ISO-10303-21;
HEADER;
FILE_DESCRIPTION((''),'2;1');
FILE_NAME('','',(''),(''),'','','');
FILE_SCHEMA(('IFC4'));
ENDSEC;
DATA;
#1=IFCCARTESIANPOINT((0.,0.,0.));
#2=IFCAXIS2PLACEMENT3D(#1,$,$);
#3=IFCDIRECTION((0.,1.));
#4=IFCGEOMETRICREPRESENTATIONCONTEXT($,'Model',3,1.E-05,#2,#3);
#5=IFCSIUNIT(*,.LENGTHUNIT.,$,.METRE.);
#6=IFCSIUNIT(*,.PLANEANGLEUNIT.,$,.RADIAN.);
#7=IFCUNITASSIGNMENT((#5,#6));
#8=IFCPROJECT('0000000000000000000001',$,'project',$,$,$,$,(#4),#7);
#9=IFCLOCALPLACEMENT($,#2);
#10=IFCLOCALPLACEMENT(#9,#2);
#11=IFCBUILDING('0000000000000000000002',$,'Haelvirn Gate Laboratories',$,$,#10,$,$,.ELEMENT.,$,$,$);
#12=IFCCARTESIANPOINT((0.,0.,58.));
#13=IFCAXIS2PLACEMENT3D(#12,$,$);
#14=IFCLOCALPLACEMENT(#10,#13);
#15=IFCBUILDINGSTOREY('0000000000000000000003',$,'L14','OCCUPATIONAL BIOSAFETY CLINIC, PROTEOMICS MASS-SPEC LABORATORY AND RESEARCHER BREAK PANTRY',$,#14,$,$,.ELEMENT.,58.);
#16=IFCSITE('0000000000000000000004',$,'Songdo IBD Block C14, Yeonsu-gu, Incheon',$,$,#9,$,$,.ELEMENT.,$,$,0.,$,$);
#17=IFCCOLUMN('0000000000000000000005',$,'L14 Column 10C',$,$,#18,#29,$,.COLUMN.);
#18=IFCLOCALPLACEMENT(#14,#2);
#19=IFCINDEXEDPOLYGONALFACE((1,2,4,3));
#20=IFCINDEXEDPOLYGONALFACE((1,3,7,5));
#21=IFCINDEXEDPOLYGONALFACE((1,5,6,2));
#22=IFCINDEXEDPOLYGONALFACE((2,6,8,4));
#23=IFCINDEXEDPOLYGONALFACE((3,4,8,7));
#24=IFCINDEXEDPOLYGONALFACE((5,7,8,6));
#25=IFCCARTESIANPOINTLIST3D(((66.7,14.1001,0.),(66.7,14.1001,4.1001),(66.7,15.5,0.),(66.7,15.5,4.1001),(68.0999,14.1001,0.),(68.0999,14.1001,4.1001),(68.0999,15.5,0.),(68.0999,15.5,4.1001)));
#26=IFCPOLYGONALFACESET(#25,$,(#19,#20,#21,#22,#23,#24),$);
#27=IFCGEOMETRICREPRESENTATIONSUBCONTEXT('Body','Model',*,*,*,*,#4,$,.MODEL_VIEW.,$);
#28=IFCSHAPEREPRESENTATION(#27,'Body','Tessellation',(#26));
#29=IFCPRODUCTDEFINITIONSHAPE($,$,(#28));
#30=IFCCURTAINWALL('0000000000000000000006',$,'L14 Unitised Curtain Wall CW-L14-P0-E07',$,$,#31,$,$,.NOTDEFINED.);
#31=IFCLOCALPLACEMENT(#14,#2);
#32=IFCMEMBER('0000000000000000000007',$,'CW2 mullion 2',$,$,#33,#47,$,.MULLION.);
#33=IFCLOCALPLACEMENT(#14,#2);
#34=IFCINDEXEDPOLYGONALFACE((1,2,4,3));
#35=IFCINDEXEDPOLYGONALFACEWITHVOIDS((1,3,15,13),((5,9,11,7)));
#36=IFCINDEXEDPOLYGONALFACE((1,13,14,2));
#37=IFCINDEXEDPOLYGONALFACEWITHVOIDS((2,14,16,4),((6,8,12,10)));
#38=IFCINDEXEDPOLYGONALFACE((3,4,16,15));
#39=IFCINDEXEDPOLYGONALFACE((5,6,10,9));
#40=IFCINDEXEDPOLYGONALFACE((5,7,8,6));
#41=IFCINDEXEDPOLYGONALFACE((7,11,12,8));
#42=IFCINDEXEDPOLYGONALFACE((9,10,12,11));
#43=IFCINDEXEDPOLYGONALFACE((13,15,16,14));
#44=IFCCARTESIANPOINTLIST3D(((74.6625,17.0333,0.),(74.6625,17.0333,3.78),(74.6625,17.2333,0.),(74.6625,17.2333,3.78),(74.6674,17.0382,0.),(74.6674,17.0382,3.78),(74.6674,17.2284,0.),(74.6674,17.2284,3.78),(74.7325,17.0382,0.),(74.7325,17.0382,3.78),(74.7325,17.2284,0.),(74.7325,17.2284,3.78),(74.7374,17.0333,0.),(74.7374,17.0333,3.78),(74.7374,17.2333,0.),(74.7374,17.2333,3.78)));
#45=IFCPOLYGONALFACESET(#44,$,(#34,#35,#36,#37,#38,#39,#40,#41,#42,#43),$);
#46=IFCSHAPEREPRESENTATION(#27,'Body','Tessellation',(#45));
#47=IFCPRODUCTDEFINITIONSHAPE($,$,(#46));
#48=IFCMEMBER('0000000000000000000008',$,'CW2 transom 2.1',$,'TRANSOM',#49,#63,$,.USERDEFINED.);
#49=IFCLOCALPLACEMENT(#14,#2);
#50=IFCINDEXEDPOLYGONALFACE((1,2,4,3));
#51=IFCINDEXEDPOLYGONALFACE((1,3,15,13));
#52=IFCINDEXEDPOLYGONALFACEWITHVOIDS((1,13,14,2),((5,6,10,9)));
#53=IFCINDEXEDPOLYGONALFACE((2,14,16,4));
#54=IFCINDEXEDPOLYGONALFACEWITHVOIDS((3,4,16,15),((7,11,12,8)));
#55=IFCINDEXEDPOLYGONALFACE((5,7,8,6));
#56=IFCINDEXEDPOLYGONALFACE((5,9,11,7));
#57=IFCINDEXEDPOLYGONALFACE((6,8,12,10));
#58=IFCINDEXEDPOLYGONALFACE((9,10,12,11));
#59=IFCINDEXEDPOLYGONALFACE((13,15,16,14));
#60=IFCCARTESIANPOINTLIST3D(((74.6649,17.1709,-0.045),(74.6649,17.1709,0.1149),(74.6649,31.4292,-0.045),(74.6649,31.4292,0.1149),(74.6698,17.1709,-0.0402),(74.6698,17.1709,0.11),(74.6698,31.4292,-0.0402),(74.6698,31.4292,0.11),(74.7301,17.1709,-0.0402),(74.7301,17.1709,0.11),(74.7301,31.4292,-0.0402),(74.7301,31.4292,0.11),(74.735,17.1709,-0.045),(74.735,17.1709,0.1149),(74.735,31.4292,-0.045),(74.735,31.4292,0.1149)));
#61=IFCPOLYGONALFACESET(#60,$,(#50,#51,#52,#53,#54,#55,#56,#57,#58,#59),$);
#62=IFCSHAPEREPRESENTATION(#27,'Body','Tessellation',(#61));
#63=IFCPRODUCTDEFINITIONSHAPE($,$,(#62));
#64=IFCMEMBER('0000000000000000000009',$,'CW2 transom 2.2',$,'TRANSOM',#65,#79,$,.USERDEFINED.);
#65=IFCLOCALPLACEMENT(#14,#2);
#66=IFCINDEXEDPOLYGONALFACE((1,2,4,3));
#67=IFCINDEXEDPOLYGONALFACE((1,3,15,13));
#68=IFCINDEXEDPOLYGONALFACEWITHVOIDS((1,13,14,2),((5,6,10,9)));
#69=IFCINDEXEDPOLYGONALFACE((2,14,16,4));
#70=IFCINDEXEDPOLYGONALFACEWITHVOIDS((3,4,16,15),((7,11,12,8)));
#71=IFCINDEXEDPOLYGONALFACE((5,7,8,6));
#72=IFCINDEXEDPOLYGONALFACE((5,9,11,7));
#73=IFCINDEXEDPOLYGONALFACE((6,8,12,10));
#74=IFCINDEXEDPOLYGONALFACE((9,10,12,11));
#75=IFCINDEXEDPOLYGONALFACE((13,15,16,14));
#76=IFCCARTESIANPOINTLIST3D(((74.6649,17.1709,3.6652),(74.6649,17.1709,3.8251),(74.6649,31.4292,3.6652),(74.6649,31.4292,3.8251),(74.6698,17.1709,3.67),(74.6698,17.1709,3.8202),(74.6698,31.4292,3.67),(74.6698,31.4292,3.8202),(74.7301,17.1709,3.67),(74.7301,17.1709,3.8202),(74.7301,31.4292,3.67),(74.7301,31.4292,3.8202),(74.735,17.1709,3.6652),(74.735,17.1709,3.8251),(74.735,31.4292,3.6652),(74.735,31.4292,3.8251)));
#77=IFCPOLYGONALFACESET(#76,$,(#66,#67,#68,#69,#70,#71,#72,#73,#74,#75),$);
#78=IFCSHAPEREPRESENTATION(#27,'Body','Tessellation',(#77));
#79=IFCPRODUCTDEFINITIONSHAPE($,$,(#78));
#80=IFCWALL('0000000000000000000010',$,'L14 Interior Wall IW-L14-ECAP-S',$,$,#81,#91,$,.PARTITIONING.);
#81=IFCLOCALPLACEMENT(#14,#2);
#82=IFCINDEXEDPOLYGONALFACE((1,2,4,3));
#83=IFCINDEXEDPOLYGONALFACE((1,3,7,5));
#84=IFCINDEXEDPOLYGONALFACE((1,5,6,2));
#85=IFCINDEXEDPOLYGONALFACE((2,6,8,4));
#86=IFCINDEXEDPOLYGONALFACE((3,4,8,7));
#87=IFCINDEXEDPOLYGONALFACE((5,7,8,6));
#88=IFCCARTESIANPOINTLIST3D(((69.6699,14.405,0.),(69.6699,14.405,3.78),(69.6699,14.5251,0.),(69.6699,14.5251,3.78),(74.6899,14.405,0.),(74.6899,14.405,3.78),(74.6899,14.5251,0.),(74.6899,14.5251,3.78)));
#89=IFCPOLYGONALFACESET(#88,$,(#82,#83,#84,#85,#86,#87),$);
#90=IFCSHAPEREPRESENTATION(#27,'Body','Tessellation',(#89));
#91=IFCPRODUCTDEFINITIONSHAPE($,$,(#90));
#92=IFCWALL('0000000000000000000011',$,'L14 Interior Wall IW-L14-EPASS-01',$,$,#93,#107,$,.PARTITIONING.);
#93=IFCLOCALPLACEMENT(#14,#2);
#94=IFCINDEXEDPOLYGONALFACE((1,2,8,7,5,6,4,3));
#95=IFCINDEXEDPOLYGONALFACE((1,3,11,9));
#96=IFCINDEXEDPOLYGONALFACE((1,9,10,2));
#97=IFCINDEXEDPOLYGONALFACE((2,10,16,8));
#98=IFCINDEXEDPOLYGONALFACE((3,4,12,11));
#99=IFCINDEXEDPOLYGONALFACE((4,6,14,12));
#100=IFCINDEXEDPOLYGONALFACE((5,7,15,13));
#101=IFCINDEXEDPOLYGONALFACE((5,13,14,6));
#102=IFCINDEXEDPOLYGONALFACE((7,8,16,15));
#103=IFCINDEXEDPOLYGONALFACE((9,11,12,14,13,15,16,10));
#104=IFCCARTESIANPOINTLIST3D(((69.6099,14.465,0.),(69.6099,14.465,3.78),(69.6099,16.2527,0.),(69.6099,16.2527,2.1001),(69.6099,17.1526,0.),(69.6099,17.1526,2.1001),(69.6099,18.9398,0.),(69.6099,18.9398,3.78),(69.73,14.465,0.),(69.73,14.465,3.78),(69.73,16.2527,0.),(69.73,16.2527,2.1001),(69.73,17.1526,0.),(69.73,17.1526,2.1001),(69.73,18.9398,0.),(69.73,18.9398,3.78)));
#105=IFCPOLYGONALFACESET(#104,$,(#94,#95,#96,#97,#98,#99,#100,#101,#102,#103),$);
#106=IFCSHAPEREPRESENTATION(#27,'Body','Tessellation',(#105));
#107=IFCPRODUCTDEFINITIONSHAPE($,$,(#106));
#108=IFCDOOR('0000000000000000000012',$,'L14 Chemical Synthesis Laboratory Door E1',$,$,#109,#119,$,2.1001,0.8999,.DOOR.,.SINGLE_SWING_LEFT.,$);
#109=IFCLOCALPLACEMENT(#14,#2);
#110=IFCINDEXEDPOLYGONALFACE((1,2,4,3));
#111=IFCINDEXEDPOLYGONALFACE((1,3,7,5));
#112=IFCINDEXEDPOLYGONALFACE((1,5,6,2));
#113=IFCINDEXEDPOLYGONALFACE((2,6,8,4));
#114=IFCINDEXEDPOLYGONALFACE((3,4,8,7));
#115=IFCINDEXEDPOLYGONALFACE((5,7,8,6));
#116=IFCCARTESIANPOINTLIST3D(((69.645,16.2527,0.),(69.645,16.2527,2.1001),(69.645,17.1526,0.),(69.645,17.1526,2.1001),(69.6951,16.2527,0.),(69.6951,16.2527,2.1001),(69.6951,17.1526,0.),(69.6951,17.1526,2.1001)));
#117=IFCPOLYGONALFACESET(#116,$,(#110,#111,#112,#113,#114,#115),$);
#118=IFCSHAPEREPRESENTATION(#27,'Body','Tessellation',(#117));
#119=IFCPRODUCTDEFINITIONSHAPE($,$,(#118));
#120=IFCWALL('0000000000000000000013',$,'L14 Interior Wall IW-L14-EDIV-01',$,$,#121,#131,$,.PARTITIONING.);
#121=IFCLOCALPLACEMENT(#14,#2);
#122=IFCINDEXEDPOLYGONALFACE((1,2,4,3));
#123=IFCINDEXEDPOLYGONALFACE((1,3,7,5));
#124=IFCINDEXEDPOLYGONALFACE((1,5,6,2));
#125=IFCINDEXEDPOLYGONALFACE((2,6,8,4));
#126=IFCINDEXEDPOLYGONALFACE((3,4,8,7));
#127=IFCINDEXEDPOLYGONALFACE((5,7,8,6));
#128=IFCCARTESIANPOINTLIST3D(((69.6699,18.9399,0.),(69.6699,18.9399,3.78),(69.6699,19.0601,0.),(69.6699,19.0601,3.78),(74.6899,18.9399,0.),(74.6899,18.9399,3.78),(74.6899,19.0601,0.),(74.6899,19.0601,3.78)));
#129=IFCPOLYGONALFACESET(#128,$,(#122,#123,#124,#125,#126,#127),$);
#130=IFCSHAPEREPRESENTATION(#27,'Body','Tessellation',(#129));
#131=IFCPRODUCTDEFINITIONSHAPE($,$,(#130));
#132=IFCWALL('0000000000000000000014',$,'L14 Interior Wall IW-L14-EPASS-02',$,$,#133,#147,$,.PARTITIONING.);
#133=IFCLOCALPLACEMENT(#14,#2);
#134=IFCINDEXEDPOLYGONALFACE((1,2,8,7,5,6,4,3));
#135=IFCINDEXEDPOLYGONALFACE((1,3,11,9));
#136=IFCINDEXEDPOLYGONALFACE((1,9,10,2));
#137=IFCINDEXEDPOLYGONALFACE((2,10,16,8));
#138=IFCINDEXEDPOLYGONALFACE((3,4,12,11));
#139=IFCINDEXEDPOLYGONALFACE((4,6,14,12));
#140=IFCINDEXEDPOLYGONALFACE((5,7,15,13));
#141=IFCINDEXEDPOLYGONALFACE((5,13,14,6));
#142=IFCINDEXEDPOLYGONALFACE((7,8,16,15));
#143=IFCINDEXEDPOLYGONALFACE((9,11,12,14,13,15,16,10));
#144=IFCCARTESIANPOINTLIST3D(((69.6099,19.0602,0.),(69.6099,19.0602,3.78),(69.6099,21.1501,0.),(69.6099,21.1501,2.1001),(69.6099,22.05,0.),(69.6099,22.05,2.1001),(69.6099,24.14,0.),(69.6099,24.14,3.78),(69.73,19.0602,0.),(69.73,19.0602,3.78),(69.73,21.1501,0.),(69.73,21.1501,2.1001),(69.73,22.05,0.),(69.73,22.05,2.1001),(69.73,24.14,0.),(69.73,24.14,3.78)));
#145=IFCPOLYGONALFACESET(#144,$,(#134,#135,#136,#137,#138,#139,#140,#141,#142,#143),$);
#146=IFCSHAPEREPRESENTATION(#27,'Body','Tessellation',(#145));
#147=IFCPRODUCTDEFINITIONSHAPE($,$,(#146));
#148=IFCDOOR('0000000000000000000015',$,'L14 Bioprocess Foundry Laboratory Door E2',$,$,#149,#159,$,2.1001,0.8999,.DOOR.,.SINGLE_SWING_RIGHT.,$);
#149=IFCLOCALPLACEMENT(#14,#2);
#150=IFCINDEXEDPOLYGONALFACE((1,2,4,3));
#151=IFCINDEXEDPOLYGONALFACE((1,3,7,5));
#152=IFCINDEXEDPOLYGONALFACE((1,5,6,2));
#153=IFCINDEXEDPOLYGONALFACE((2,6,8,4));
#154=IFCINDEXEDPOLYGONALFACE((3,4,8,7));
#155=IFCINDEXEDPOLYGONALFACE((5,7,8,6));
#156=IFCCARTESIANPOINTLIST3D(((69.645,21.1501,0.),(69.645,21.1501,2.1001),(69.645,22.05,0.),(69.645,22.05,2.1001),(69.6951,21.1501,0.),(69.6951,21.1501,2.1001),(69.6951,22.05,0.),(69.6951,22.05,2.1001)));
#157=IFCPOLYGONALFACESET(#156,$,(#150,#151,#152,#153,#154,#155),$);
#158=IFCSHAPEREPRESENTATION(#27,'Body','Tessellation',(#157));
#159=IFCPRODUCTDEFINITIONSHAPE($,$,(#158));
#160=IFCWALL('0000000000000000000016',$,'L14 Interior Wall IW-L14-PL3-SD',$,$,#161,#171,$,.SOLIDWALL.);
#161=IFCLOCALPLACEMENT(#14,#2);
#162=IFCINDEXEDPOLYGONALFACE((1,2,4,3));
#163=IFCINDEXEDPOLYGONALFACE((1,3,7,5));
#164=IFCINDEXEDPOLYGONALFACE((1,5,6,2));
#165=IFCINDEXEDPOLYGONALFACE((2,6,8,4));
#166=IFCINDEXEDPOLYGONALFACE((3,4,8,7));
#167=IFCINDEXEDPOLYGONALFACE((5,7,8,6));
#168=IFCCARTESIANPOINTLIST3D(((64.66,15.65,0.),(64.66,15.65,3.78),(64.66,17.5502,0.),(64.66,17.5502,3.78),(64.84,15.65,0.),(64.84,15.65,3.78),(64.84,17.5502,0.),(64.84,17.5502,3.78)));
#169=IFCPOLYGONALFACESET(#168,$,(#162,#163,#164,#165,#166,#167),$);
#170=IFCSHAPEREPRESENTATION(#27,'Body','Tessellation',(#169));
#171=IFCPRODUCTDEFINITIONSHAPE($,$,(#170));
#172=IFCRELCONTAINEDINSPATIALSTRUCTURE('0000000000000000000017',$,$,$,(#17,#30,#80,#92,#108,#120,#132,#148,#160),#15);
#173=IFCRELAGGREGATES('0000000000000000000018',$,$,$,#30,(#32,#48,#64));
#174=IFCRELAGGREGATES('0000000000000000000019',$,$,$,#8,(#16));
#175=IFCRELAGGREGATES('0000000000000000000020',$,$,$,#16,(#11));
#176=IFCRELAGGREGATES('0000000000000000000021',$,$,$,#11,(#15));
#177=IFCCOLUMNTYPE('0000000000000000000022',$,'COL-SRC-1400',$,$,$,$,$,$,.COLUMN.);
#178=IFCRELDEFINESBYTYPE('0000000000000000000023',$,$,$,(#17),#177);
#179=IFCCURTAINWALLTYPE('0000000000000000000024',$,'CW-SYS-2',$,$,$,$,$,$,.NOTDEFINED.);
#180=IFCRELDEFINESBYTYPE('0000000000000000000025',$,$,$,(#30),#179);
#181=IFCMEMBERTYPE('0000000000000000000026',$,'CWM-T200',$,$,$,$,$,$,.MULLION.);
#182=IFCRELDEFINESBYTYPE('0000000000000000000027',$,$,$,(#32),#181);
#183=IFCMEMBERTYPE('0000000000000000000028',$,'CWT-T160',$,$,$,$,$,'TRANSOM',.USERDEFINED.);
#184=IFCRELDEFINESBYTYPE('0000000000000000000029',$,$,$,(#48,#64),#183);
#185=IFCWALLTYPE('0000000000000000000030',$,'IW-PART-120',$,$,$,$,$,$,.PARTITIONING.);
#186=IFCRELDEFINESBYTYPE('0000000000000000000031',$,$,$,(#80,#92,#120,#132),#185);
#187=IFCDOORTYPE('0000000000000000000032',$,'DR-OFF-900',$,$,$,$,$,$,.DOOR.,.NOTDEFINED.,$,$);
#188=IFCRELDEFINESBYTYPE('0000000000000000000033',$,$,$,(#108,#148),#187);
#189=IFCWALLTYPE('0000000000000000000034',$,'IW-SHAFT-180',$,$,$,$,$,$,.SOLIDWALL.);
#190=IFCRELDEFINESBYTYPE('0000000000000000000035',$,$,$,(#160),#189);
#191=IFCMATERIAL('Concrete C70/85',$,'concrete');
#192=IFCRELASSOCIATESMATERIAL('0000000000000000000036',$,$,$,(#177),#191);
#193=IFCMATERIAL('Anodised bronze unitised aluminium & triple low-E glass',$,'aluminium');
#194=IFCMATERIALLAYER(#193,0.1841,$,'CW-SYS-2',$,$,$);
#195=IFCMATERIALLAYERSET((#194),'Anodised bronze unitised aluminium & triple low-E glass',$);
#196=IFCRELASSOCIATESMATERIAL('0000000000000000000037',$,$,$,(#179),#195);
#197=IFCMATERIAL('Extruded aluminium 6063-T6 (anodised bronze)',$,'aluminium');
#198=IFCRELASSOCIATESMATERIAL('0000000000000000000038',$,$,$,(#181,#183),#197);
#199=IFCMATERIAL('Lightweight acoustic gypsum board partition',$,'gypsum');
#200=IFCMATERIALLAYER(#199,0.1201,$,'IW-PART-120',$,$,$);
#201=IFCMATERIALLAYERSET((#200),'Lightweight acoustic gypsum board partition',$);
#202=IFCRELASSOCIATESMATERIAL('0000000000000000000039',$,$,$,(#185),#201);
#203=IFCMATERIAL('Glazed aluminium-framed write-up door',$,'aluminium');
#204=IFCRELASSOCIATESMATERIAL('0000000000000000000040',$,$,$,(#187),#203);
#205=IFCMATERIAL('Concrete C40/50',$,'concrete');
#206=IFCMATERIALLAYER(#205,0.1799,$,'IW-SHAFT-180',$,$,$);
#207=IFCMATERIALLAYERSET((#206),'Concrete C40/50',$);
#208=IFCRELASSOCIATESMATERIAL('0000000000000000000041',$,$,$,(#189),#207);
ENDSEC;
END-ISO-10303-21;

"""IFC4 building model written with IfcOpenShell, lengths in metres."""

from ifc_helpers import new_model, si_unit, direction, frame, frame_2d, origin, origin_2d, place, context, subcontext, project, spatial, rectangle, hollow_rectangle, extrude, source, transform, mapped, material, layer, layer_set, material_profile, profile_set, type_object, type_shapes, element, fill, aggregate, save


model = new_model("IFC4")

# Units and contexts
model_context = context("Model", 3, precision=1e-05, world=origin(), true_north=direction((0.0, 1.0)))
body_context = subcontext(model_context, "Body", "Model", "MODEL_VIEW")
ifc_project = project(units=[si_unit("LENGTHUNIT", "METRE"), si_unit("PLANEANGLEUNIT", "RADIAN")], contexts=[model_context])

# Site, building, storey
site_placement = place(None, origin())
site = spatial("IfcSite", under=ifc_project, at=site_placement, Name="Songdo IBD Block C14, Yeonsu-gu, Incheon", CompositionType="ELEMENT", RefElevation=0.0)
building_placement = place(site_placement, origin())
building = spatial("IfcBuilding", under=site, at=building_placement, Name="Haelvirn Gate Laboratories", CompositionType="ELEMENT")
storey_placement = place(building_placement, frame((0.0, 0.0, 58.0)))
storey = spatial("IfcBuildingStorey", under=building, at=storey_placement, Name="L14", Description="OCCUPATIONAL BIOSAFETY CLINIC, PROTEOMICS MASS-SPEC LABORATORY AND RESEARCHER BREAK PANTRY", CompositionType="ELEMENT", Elevation=58.0)

# Column
ifc_material_1 = material(Name="Concrete C70/85", Category="concrete")
ifc_material_profile_1 = material_profile(ifc_material_1, rectangle(XDim=1.3999, YDim=1.3999, at=origin_2d()), Name="SRC-1400x1400")
ifc_profile_set_1 = profile_set([ifc_material_profile_1], Name="Concrete C70/85")
column_type = type_object("IfcColumnType", Name="COL-SRC-1400", PredefinedType="COLUMN", material=ifc_profile_set_1)
shared_shape_1 = source(origin(), body_context, "Body", "SweptSolid", [
    extrude(rectangle(XDim=1.3999, YDim=1.3999, at=origin_2d()), origin(), (0.0, 0.0, 1.0), 4.1001),
])
type_shapes(column_type, [shared_shape_1])
column_placement = place(storey_placement, frame((67.3999, 14.8, 0.0), z_axis=(0.0, 0.0, 1.0), x_axis=(1.0, 0.0, 0.0)))
element("IfcColumn", 1, at=column_placement, inside=storey, type_object=column_type, Name="L14 Column 10C", PredefinedType="COLUMN", context=body_context, shape_type="MappedRepresentation", body=[
    mapped(shared_shape_1, transform((0.0, 0.0, 0.0), scale=1.0)),
])

# Curtain wall, members
ifc_material_2 = material(Name="Anodised bronze unitised aluminium & triple low-E glass", Category="aluminium")
ifc_layer_1 = layer(ifc_material_2, 0.1841, Name="CW-SYS-2")
ifc_layer_set_1 = layer_set([ifc_layer_1], Name="Anodised bronze unitised aluminium & triple low-E glass")
curtain_wall_type = type_object("IfcCurtainWallType", Name="CW-SYS-2", PredefinedType="NOTDEFINED", material=ifc_layer_set_1)
curtain_wall_placement = place(storey_placement, origin())
curtain_wall = element("IfcCurtainWall", 2, at=curtain_wall_placement, inside=storey, type_object=curtain_wall_type, Name="L14 Unitised Curtain Wall CW-L14-P0-E07", PredefinedType="NOTDEFINED")
ifc_material_3 = material(Name="Extruded aluminium 6063-T6 (anodised bronze)", Category="aluminium")
ifc_material_profile_2 = material_profile(ifc_material_3, hollow_rectangle(XDim=0.075, YDim=0.2, WallThickness=0.0049, at=origin_2d()), Name="CWM-200x75x5")
ifc_profile_set_2 = profile_set([ifc_material_profile_2], Name="Extruded aluminium 6063-T6 (anodised bronze)")
member_type_1 = type_object("IfcMemberType", Name="CWM-T200", PredefinedType="MULLION", material=ifc_profile_set_2)
shared_shape_2 = source(origin(), body_context, "Body", "SweptSolid", [
    extrude(hollow_rectangle(XDim=0.075, YDim=0.2, WallThickness=0.0049, at=origin_2d()), origin(), (0.0, 0.0, 1.0), 3.78),
])
type_shapes(member_type_1, [shared_shape_2])
member_1_placement = place(storey_placement, frame((74.7, 17.1333, 0.0), z_axis=(0.0, 0.0, 1.0), x_axis=(-1.0, 0.0, 0.0)))
member_1 = element("IfcMember", 3, at=member_1_placement, type_object=member_type_1, Name="CW2 mullion 2", PredefinedType="MULLION", context=body_context, shape_type="MappedRepresentation", body=[
    mapped(shared_shape_2, transform((0.0, 0.0, 0.0), scale=1.0)),
])
ifc_material_profile_3 = material_profile(ifc_material_3, hollow_rectangle(XDim=0.0701, YDim=0.1599, WallThickness=0.0049, at=origin_2d()), Name="CWT-160x70x5")
ifc_profile_set_3 = profile_set([ifc_material_profile_3], Name="Extruded aluminium 6063-T6 (anodised bronze)")
member_type_2 = type_object("IfcMemberType", Name="CWT-T160", ElementType="TRANSOM", PredefinedType="USERDEFINED", material=ifc_profile_set_3)
shared_shape_3 = source(origin(), body_context, "Body", "SweptSolid", [
    extrude(hollow_rectangle(XDim=0.0701, YDim=0.1599, WallThickness=0.0049, at=origin_2d()), origin(), (0.0, 0.0, 1.0), 14.2583),
])
type_shapes(member_type_2, [shared_shape_3])
member_2_placement = place(storey_placement, frame((74.7, 17.1709, 0.0349), z_axis=(0.0, 1.0, 0.0), x_axis=(-1.0, 0.0, 0.0)))
member_2 = element("IfcMember", 4, at=member_2_placement, type_object=member_type_2, Name="CW2 transom 2.1", ObjectType="TRANSOM", PredefinedType="USERDEFINED", context=body_context, shape_type="MappedRepresentation", body=[
    mapped(shared_shape_3, transform((0.0, 0.0, 0.0), scale=1.0)),
])
member_3_placement = place(storey_placement, frame((74.7, 17.1709, 3.7451), z_axis=(0.0, 1.0, 0.0), x_axis=(-1.0, 0.0, 0.0)))
member_3 = element("IfcMember", 5, at=member_3_placement, type_object=member_type_2, Name="CW2 transom 2.2", ObjectType="TRANSOM", PredefinedType="USERDEFINED", context=body_context, shape_type="MappedRepresentation", body=[
    mapped(shared_shape_3, transform((0.0, 0.0, 0.0), scale=1.0)),
])
aggregate(curtain_wall, [member_1, member_2, member_3])

# Wall
ifc_material_4 = material(Name="Lightweight acoustic gypsum board partition", Category="gypsum")
ifc_layer_2 = layer(ifc_material_4, 0.1201, Name="IW-PART-120")
ifc_layer_set_2 = layer_set([ifc_layer_2], Name="Lightweight acoustic gypsum board partition")
wall_type_1 = type_object("IfcWallType", Name="IW-PART-120", PredefinedType="PARTITIONING", material=ifc_layer_set_2)
wall_1_placement = place(storey_placement, frame((69.6699, 14.4651, 0.0), z_axis=(0.0, 0.0, 1.0), x_axis=(1.0, 0.0, 0.0)))
element("IfcWall", 6, at=wall_1_placement, inside=storey, type_object=wall_type_1, Name="L14 Interior Wall IW-L14-ECAP-S", PredefinedType="PARTITIONING", context=body_context, shape_type="SweptSolid", body=[
    extrude(rectangle(XDim=5.02, YDim=0.1201, at=frame_2d((2.51, 0.0))), origin(), (0.0, 0.0, 1.0), 3.78),
])

# Wall, opening, door
wall_2_placement = place(storey_placement, frame((69.6699, 14.4651, 0.0), z_axis=(0.0, 0.0, 1.0), x_axis=(0.0, 1.0, 0.0)))
wall_2 = element("IfcWall", 7, at=wall_2_placement, inside=storey, type_object=wall_type_1, Name="L14 Interior Wall IW-L14-EPASS-01", PredefinedType="PARTITIONING", context=body_context, shape_type="SweptSolid", body=[
    extrude(rectangle(XDim=4.4749, YDim=0.1201, at=frame_2d((2.2373, 0.0))), origin(), (0.0, 0.0, 1.0), 3.78),
])
opening_1_placement = place(wall_2_placement, frame((1.7876, 0.0, 0.0)))
opening_1 = element("IfcOpeningElement", 8, at=opening_1_placement, cuts=wall_2, PredefinedType="OPENING", context=body_context, shape_type="SweptSolid", body=[
    extrude(rectangle(XDim=0.8999, YDim=2.1001, at=frame_2d((0.45, 1.05))), frame((0.0, 0.0701, 0.0), z_axis=(0.0, -1.0, 0.0), x_axis=(1.0, 0.0, 0.0)), (0.0, 0.0, 1.0), 0.1401),
])
ifc_material_5 = material(Name="Glazed aluminium-framed write-up door", Category="aluminium")
door_type_1 = type_object("IfcDoorType", Name="DR-OFF-900", OperationType="NOTDEFINED", PredefinedType="DOOR", material=ifc_material_5)
shared_shape_4 = source(origin(), body_context, "Body", "SweptSolid", [
    extrude(rectangle(XDim=0.8999, YDim=2.1001, at=frame_2d((0.45, 1.05))), frame((0.0, 0.0249, 0.0), z_axis=(0.0, -1.0, 0.0), x_axis=(1.0, 0.0, 0.0)), (0.0, 0.0, 1.0), 0.05),
])
type_shapes(door_type_1, [shared_shape_4])
door_1_placement = place(opening_1_placement, origin())
door_1 = element("IfcDoor", 9, at=door_1_placement, inside=storey, type_object=door_type_1, Name="L14 Chemical Synthesis Laboratory Door E1", OperationType="SINGLE_SWING_LEFT", OverallHeight=2.1001, OverallWidth=0.8999, PredefinedType="DOOR", context=body_context, shape_type="MappedRepresentation", body=[
    mapped(shared_shape_4, transform((0.0, 0.0, 0.0), scale=1.0)),
])
fill(opening_1, door_1)

# Wall
wall_3_placement = place(storey_placement, frame((69.6699, 19.0, 0.0), z_axis=(0.0, 0.0, 1.0), x_axis=(1.0, 0.0, 0.0)))
element("IfcWall", 10, at=wall_3_placement, inside=storey, type_object=wall_type_1, Name="L14 Interior Wall IW-L14-EDIV-01", PredefinedType="PARTITIONING", context=body_context, shape_type="SweptSolid", body=[
    extrude(rectangle(XDim=5.02, YDim=0.1201, at=frame_2d((2.51, 0.0))), origin(), (0.0, 0.0, 1.0), 3.78),
])

# Wall, opening, door
wall_4_placement = place(storey_placement, frame((69.6699, 19.0601, 0.0), z_axis=(0.0, 0.0, 1.0), x_axis=(0.0, 1.0, 0.0)))
wall_4 = element("IfcWall", 11, at=wall_4_placement, inside=storey, type_object=wall_type_1, Name="L14 Interior Wall IW-L14-EPASS-02", PredefinedType="PARTITIONING", context=body_context, shape_type="SweptSolid", body=[
    extrude(rectangle(XDim=5.0798, YDim=0.1201, at=frame_2d((2.54, 0.0))), origin(), (0.0, 0.0, 1.0), 3.78),
])
opening_2_placement = place(wall_4_placement, frame((2.0901, 0.0, 0.0)))
opening_2 = element("IfcOpeningElement", 12, at=opening_2_placement, cuts=wall_4, PredefinedType="OPENING", context=body_context, shape_type="SweptSolid", body=[
    extrude(rectangle(XDim=0.8999, YDim=2.1001, at=frame_2d((0.45, 1.05))), frame((0.0, 0.0701, 0.0), z_axis=(0.0, -1.0, 0.0), x_axis=(1.0, 0.0, 0.0)), (0.0, 0.0, 1.0), 0.1401),
])
door_2_placement = place(opening_2_placement, origin())
door_2 = element("IfcDoor", 13, at=door_2_placement, inside=storey, type_object=door_type_1, Name="L14 Bioprocess Foundry Laboratory Door E2", OperationType="SINGLE_SWING_RIGHT", OverallHeight=2.1001, OverallWidth=0.8999, PredefinedType="DOOR", context=body_context, shape_type="MappedRepresentation", body=[
    mapped(shared_shape_4, transform((0.0, 0.0, 0.0), scale=1.0)),
])
fill(opening_2, door_2)

# Wall
ifc_material_6 = material(Name="Concrete C40/50", Category="concrete")
ifc_layer_3 = layer(ifc_material_6, 0.1799, Name="IW-SHAFT-180")
ifc_layer_set_3 = layer_set([ifc_layer_3], Name="Concrete C40/50")
wall_type_2 = type_object("IfcWallType", Name="IW-SHAFT-180", PredefinedType="SOLIDWALL", material=ifc_layer_set_3)
for number, where, z_axis, x_axis, name in (
    (14, (64.75, 15.6499, 0.0), (0.0, 0.0, 1.0), (0.0, 1.0, 0.0), "L14 Interior Wall IW-L14-PL3-SD"),
):
    element("IfcWall", number, at=place(storey_placement, frame(where, z_axis=z_axis, x_axis=x_axis)), inside=storey, type_object=wall_type_2, Name=name, PredefinedType="SOLIDWALL", context=body_context, shape_type="SweptSolid", body=[
        extrude(rectangle(XDim=1.9001, YDim=0.1799, at=frame_2d((0.9502, 0.0))), origin(), (0.0, 0.0, 1.0), 3.78),
    ])

save(model, "model.ifc")
